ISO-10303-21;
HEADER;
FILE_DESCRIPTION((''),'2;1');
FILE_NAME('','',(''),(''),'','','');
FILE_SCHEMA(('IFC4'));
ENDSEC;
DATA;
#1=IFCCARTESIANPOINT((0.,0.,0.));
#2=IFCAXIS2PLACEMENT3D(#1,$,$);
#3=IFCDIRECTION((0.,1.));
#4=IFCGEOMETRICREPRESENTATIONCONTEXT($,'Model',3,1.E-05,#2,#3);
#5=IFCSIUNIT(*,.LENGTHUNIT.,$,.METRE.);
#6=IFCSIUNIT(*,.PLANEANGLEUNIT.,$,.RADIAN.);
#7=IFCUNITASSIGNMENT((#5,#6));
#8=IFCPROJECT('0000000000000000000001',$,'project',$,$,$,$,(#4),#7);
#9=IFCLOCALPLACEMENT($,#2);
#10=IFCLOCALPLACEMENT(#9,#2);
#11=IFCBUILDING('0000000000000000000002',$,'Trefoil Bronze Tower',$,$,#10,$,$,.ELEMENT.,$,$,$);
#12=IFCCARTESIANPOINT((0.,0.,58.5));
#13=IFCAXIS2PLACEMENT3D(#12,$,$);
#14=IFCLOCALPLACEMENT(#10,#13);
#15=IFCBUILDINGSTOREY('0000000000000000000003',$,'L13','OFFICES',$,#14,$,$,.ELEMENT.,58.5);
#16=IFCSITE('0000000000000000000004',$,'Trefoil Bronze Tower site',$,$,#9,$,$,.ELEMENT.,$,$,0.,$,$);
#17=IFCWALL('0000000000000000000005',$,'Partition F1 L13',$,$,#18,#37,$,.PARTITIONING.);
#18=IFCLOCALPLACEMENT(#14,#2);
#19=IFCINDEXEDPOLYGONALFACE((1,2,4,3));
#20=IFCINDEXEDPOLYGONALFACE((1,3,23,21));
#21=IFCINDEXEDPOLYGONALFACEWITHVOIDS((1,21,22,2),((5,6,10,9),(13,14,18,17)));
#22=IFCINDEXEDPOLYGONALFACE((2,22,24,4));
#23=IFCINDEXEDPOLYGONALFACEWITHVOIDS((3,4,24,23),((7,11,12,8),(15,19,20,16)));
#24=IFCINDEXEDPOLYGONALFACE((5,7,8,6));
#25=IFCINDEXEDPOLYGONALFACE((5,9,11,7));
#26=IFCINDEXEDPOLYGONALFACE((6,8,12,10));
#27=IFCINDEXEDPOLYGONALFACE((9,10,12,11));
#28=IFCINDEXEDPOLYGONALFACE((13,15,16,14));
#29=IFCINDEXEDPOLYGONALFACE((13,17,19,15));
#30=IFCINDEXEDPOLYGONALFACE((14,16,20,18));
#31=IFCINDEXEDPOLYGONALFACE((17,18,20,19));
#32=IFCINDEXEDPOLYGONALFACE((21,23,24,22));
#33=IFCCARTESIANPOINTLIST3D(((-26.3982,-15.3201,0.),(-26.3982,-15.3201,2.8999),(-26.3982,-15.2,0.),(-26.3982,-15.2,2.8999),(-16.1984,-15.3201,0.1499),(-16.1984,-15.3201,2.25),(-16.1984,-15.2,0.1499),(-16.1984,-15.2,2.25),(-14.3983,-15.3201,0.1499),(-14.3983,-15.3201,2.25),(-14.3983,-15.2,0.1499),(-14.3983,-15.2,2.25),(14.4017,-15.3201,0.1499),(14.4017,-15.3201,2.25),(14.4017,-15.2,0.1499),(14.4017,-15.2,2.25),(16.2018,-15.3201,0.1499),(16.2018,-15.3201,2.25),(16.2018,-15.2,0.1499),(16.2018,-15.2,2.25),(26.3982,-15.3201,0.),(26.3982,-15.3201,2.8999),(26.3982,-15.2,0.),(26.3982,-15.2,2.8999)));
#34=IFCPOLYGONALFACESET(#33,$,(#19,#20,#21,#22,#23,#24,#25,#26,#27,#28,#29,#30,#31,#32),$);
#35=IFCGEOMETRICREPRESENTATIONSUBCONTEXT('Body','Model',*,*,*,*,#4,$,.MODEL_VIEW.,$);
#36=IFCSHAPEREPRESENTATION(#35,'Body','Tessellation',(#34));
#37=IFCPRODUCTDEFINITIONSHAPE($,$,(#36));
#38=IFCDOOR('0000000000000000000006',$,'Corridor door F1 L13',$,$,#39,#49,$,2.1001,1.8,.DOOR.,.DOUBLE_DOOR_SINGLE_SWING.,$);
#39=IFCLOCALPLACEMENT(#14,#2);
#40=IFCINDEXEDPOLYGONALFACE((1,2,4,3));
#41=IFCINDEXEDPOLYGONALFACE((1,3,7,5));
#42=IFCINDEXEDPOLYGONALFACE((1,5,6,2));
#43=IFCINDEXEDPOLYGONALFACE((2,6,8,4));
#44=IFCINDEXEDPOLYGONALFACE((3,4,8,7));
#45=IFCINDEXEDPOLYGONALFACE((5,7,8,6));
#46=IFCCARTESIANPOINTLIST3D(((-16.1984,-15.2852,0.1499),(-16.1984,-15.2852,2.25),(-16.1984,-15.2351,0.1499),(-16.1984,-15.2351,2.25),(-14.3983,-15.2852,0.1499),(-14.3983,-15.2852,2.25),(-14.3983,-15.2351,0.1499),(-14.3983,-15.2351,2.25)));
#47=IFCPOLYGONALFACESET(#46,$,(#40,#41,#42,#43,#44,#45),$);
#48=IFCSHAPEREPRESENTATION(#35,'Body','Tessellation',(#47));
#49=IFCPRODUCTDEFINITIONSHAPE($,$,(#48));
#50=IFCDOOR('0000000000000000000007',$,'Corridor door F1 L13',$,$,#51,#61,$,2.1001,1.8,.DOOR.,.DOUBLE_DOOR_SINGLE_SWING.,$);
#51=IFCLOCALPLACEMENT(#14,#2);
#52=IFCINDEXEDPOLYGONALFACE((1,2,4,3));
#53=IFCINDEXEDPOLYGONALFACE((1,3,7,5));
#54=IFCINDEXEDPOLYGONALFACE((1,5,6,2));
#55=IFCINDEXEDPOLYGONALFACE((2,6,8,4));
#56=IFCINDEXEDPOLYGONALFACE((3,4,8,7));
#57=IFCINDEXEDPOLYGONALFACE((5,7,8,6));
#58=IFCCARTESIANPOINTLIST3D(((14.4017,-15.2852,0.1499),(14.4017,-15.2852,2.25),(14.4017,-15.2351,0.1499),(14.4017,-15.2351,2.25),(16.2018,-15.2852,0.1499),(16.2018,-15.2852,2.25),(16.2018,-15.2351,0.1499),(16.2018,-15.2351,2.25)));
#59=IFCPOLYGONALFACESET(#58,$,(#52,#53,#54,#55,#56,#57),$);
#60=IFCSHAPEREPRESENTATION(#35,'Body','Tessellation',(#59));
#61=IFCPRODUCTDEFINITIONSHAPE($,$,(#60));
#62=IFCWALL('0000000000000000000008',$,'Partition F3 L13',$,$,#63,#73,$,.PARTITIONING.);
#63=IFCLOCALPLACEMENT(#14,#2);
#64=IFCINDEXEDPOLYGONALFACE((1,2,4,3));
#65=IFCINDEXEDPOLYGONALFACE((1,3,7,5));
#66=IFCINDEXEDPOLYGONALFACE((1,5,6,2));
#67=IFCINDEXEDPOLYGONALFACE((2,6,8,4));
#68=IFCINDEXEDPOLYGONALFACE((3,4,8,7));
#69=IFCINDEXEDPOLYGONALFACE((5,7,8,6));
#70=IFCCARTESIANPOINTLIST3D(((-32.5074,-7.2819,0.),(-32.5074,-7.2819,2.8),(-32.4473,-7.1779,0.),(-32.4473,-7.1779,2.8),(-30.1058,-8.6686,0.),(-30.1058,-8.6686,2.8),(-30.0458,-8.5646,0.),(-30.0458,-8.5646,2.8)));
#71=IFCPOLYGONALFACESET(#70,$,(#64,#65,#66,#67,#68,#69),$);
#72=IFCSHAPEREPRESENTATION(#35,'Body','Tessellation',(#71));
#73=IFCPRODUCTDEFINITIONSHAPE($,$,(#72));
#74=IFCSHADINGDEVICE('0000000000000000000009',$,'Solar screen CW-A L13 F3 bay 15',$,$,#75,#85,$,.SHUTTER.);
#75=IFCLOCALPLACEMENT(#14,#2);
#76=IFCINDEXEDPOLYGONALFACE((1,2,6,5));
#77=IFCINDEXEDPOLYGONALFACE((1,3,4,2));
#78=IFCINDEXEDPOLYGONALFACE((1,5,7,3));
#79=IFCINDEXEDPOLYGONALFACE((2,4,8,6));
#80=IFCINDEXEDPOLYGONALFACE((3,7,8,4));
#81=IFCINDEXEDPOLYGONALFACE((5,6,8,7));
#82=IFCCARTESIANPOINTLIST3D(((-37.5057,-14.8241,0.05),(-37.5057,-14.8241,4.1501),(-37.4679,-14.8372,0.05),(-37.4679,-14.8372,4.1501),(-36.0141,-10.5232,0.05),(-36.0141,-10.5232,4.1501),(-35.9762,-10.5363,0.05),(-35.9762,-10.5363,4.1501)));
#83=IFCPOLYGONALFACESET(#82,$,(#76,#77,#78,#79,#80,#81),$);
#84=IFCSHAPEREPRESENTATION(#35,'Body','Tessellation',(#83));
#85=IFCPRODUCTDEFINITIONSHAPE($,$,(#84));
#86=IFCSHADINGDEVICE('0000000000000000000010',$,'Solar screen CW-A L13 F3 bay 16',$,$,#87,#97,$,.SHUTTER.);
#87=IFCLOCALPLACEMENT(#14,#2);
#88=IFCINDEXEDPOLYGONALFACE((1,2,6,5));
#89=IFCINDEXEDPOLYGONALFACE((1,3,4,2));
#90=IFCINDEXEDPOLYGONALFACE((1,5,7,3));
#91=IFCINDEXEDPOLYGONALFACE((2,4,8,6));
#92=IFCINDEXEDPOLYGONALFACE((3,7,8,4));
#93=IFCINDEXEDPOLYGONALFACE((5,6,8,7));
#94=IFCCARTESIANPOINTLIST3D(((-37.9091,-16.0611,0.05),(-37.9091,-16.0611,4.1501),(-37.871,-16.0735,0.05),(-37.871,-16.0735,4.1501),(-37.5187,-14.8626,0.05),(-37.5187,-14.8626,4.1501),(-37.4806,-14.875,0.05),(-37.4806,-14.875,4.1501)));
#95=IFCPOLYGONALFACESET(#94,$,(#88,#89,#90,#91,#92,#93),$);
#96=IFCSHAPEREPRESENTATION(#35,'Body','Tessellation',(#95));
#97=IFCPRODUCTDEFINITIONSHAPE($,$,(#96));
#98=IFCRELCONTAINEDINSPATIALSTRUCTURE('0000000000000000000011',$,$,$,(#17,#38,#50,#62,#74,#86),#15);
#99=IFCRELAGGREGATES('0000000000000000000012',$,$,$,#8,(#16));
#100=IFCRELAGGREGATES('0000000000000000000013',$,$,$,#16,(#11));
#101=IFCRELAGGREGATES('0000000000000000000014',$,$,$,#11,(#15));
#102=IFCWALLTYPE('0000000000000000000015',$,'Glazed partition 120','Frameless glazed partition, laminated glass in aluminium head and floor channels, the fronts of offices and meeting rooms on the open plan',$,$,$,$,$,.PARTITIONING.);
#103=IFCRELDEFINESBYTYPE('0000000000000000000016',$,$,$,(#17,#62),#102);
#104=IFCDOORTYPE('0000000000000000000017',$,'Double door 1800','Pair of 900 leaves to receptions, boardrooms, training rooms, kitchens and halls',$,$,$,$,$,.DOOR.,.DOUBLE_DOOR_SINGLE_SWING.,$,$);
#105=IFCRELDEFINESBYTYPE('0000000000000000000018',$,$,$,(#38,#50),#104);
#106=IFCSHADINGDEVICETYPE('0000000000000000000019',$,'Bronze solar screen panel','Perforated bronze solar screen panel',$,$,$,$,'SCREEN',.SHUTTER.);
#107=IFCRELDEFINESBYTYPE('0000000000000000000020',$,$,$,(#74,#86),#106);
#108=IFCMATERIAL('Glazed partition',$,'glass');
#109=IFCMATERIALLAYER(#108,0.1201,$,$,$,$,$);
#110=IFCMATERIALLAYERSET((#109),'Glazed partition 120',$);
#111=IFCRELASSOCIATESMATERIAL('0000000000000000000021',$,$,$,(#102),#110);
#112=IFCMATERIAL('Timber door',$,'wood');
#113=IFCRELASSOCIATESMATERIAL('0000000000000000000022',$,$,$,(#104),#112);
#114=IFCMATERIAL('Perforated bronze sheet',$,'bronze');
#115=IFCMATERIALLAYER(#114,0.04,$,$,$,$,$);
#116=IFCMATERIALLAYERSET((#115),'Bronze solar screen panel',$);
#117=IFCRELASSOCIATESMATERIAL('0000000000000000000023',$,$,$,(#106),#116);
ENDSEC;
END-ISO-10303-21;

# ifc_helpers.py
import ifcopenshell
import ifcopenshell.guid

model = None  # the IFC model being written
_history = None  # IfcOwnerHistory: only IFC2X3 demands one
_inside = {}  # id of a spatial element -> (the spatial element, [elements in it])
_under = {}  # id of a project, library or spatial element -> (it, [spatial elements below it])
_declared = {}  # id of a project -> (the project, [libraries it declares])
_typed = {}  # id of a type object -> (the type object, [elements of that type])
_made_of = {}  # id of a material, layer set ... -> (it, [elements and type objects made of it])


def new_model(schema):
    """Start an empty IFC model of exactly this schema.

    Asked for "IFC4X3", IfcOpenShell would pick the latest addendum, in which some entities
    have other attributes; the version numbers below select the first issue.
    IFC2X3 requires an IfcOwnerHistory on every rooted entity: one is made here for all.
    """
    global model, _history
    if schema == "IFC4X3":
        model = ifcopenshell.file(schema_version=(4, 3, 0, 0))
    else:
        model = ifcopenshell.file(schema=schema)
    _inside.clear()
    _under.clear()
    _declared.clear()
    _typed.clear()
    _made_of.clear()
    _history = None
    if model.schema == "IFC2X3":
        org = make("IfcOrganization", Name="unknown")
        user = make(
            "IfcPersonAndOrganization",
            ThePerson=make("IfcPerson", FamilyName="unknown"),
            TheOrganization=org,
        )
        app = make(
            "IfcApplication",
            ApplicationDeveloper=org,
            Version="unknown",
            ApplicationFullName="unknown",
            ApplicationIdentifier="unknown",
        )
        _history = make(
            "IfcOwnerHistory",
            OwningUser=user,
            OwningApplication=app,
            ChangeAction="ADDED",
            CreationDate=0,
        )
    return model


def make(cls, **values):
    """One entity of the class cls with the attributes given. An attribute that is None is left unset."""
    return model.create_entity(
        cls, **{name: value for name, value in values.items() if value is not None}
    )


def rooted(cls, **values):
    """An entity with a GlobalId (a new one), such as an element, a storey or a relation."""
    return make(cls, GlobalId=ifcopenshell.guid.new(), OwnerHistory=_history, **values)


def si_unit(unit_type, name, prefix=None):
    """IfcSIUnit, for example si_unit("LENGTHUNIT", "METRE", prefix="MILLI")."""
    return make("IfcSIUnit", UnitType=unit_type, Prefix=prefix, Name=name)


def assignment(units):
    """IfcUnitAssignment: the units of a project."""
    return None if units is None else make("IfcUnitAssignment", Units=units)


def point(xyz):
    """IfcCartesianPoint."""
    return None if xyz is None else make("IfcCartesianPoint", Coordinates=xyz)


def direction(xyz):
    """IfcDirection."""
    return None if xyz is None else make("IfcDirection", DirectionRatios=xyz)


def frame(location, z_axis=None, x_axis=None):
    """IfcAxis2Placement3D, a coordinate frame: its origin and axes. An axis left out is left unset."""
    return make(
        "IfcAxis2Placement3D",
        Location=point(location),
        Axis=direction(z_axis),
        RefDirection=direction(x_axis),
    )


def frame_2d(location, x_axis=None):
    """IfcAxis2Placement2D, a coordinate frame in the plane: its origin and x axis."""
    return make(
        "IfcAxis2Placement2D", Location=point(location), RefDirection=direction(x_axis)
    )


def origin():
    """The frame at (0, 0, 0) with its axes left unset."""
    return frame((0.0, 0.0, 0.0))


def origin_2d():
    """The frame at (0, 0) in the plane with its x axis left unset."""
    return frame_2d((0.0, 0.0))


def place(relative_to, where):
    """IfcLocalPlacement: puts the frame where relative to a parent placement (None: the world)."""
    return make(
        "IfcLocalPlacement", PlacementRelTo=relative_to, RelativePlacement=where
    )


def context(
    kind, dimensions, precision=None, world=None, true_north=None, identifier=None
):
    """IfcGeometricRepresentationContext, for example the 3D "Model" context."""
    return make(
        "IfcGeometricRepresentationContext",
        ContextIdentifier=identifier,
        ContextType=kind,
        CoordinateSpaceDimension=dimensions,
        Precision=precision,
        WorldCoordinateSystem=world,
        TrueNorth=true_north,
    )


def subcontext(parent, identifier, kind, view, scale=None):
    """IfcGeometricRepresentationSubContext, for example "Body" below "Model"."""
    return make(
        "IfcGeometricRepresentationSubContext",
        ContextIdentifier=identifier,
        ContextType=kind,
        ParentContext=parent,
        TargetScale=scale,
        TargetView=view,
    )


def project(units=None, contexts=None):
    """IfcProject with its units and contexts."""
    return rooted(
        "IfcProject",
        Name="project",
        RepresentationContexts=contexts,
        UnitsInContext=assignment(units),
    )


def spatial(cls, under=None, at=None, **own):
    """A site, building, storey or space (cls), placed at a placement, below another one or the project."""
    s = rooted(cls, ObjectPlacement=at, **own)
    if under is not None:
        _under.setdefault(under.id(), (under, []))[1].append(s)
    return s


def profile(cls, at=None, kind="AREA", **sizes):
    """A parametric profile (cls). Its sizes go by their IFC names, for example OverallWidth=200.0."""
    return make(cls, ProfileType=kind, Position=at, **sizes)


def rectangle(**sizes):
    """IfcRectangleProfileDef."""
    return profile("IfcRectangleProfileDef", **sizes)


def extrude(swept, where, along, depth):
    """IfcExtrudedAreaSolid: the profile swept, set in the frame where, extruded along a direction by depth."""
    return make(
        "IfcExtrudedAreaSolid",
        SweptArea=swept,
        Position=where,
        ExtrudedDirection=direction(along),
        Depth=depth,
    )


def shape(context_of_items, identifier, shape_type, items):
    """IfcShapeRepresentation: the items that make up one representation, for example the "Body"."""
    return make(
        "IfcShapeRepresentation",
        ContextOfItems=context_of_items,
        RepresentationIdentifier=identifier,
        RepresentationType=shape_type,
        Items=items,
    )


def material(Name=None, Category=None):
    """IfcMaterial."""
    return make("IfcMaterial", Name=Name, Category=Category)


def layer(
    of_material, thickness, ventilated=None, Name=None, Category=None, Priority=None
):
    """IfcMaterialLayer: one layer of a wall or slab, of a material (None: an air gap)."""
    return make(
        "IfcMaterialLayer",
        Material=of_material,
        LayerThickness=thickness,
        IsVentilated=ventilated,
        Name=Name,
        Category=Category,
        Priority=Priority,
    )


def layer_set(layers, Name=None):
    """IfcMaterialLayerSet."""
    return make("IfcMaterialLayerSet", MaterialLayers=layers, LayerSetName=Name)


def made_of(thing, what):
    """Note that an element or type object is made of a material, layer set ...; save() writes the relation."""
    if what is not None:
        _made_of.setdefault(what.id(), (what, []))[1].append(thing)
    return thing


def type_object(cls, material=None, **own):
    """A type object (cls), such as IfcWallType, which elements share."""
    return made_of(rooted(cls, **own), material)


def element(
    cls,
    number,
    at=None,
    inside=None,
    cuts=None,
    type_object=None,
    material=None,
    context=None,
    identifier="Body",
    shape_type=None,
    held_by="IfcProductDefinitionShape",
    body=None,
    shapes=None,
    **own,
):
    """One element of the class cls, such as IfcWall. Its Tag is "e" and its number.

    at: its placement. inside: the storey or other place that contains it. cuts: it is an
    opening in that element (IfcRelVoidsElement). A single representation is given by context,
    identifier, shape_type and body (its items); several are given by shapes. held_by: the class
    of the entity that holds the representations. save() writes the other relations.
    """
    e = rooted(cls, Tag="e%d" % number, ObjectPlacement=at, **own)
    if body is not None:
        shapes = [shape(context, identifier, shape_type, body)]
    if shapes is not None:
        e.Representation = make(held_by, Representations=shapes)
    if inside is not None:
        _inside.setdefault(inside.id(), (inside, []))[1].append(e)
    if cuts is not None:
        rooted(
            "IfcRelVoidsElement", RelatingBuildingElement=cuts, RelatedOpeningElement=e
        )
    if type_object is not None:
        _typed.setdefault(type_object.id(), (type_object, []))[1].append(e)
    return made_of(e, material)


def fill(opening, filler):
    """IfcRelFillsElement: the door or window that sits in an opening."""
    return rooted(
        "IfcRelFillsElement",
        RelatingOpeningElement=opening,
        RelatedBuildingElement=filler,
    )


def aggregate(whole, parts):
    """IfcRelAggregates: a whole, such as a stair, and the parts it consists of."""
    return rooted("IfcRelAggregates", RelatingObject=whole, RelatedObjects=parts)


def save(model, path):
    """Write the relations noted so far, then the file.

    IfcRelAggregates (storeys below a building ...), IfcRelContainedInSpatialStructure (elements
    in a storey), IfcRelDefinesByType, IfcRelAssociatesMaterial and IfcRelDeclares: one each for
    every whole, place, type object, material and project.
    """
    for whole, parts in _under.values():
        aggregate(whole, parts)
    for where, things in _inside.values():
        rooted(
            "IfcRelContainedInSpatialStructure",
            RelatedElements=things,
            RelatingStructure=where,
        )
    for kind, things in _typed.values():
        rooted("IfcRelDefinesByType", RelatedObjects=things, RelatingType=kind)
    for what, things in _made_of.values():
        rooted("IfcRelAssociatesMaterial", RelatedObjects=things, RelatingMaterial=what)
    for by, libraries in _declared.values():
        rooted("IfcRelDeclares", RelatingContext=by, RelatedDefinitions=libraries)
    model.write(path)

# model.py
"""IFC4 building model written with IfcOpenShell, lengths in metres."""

from ifc_helpers import new_model, si_unit, direction, frame, frame_2d, origin, origin_2d, place, context, subcontext, project, spatial, rectangle, extrude, material, layer, layer_set, type_object, element, fill, save


model = new_model("IFC4")

# Units and contexts
model_context = context("Model", 3, precision=1e-05, world=origin(), true_north=direction((0.0, 1.0)))
body_context = subcontext(model_context, "Body", "Model", "MODEL_VIEW")
ifc_project = project(units=[si_unit("LENGTHUNIT", "METRE"), si_unit("PLANEANGLEUNIT", "RADIAN")], contexts=[model_context])

# Site, building, storey
site_placement = place(None, origin())
site = spatial("IfcSite", under=ifc_project, at=site_placement, Name="Trefoil Bronze Tower site", CompositionType="ELEMENT", RefElevation=0.0)
building_placement = place(site_placement, origin())
building = spatial("IfcBuilding", under=site, at=building_placement, Name="Trefoil Bronze Tower", CompositionType="ELEMENT")
storey_placement = place(building_placement, frame((0.0, 0.0, 58.5)))
storey = spatial("IfcBuildingStorey", under=building, at=storey_placement, Name="L13", Description="OFFICES", CompositionType="ELEMENT", Elevation=58.5)

# Wall, openings, doors
ifc_material_1 = material(Name="Glazed partition", Category="glass")
ifc_layer_1 = layer(ifc_material_1, 0.1201)
ifc_layer_set_1 = layer_set([ifc_layer_1], Name="Glazed partition 120")
wall_type = type_object("IfcWallType", Name="Glazed partition 120", Description="Frameless glazed partition, laminated glass in aluminium head and floor channels, the fronts of offices and meeting rooms on the open plan", PredefinedType="PARTITIONING", material=ifc_layer_set_1)
wall_1_placement = place(storey_placement, frame((-26.3982, -15.26, 0.0), z_axis=(0.0, 0.0, 1.0), x_axis=(1.0, 0.0, 0.0)))
wall_1 = element("IfcWall", 1, at=wall_1_placement, inside=storey, type_object=wall_type, Name="Partition F1 L13", PredefinedType="PARTITIONING", context=body_context, shape_type="SweptSolid", body=[
    extrude(rectangle(XDim=52.7964, YDim=0.1201, at=frame_2d((26.3982, 0.0))), origin(), (0.0, 0.0, 1.0), 2.8999),
])
opening_1_placement = place(wall_1_placement, frame((10.2, 0.0, 0.1499)))
opening_1 = element("IfcOpeningElement", 2, at=opening_1_placement, cuts=wall_1, PredefinedType="OPENING", context=body_context, shape_type="SweptSolid", body=[
    extrude(rectangle(XDim=1.8, YDim=2.1001, at=frame_2d((0.8999, 1.05))), frame((0.0, 0.0701, 0.0), z_axis=(0.0, -1.0, 0.0), x_axis=(1.0, 0.0, 0.0)), (0.0, 0.0, 1.0), 0.1401),
])
opening_2_placement = place(wall_1_placement, frame((40.8, 0.0, 0.1499)))
opening_2 = element("IfcOpeningElement", 3, at=opening_2_placement, cuts=wall_1, PredefinedType="OPENING", context=body_context, shape_type="SweptSolid", body=[
    extrude(rectangle(XDim=1.8, YDim=2.1001, at=frame_2d((0.8999, 1.05))), frame((0.0, 0.0701, 0.0), z_axis=(0.0, -1.0, 0.0), x_axis=(1.0, 0.0, 0.0)), (0.0, 0.0, 1.0), 0.1401),
])
ifc_material_2 = material(Name="Timber door", Category="wood")
door_type = type_object("IfcDoorType", Name="Double door 1800", Description="Pair of 900 leaves to receptions, boardrooms, training rooms, kitchens and halls", OperationType="DOUBLE_DOOR_SINGLE_SWING", PredefinedType="DOOR", material=ifc_material_2)
door_1_placement = place(opening_1_placement, origin())
door_1 = element("IfcDoor", 4, at=door_1_placement, inside=storey, type_object=door_type, Name="Corridor door F1 L13", OperationType="DOUBLE_DOOR_SINGLE_SWING", OverallHeight=2.1001, OverallWidth=1.8, PredefinedType="DOOR", context=body_context, shape_type="SweptSolid", body=[
    extrude(rectangle(XDim=1.8, YDim=2.1001, at=frame_2d((0.8999, 1.05))), frame((0.0, 0.0249, 0.0), z_axis=(0.0, -1.0, 0.0), x_axis=(1.0, 0.0, 0.0)), (0.0, 0.0, 1.0), 0.05),
])
fill(opening_1, door_1)
door_2_placement = place(opening_2_placement, origin())
door_2 = element("IfcDoor", 5, at=door_2_placement, inside=storey, type_object=door_type, Name="Corridor door F1 L13", OperationType="DOUBLE_DOOR_SINGLE_SWING", OverallHeight=2.1001, OverallWidth=1.8, PredefinedType="DOOR", context=body_context, shape_type="SweptSolid", body=[
    extrude(rectangle(XDim=1.8, YDim=2.1001, at=frame_2d((0.8999, 1.05))), frame((0.0, 0.0249, 0.0), z_axis=(0.0, -1.0, 0.0), x_axis=(1.0, 0.0, 0.0)), (0.0, 0.0, 1.0), 0.05),
])
fill(opening_2, door_2)

# Wall
wall_2_placement = place(storey_placement, frame((-30.0757, -8.6167, 0.0), z_axis=(0.0, 0.0, 1.0), x_axis=(-0.866002, 0.50004, 0.0)))
element("IfcWall", 6, at=wall_2_placement, inside=storey, type_object=wall_type, Name="Partition F3 L13", PredefinedType="PARTITIONING", context=body_context, shape_type="SweptSolid", body=[
    extrude(rectangle(XDim=2.7732, YDim=0.1201, at=frame_2d((1.3867, 0.0))), origin(), (0.0, 0.0, 1.0), 2.8),
])

# Shading devices
ifc_material_3 = material(Name="Perforated bronze sheet", Category="bronze")
ifc_layer_2 = layer(ifc_material_3, 0.04)
ifc_layer_set_2 = layer_set([ifc_layer_2], Name="Bronze solar screen panel")
shading_device_type = type_object("IfcShadingDeviceType", Name="Bronze solar screen panel", Description="Perforated bronze solar screen panel", ElementType="SCREEN", PredefinedType="SHUTTER", material=ifc_layer_set_2)
shading_device_1_placement = place(storey_placement, frame((-36.741, -12.6802, 0.05), z_axis=(0.0, 0.0, 1.0), x_axis=(-0.327674, -0.944791, 0.0)))
element("IfcShadingDevice", 7, at=shading_device_1_placement, inside=storey, type_object=shading_device_type, Name="Solar screen CW-A L13 F3 bay 15", PredefinedType="SHUTTER", context=body_context, shape_type="SweptSolid", body=[
    extrude(rectangle(XDim=4.5522, YDim=0.04, at=origin_2d()), origin(), (0.0, 0.0, 1.0), 4.1001),
])
shading_device_2_placement = place(storey_placement, frame((-37.6948, -15.468, 0.05), z_axis=(0.0, 0.0, 1.0), x_axis=(-0.309728, -0.950825, 0.0)))
element("IfcShadingDevice", 8, at=shading_device_2_placement, inside=storey, type_object=shading_device_type, Name="Solar screen CW-A L13 F3 bay 16", PredefinedType="SHUTTER", context=body_context, shape_type="SweptSolid", body=[
    extrude(rectangle(XDim=1.2605, YDim=0.04, at=origin_2d()), origin(), (0.0, 0.0, 1.0), 4.1001),
])

save(model, "model.ifc")
